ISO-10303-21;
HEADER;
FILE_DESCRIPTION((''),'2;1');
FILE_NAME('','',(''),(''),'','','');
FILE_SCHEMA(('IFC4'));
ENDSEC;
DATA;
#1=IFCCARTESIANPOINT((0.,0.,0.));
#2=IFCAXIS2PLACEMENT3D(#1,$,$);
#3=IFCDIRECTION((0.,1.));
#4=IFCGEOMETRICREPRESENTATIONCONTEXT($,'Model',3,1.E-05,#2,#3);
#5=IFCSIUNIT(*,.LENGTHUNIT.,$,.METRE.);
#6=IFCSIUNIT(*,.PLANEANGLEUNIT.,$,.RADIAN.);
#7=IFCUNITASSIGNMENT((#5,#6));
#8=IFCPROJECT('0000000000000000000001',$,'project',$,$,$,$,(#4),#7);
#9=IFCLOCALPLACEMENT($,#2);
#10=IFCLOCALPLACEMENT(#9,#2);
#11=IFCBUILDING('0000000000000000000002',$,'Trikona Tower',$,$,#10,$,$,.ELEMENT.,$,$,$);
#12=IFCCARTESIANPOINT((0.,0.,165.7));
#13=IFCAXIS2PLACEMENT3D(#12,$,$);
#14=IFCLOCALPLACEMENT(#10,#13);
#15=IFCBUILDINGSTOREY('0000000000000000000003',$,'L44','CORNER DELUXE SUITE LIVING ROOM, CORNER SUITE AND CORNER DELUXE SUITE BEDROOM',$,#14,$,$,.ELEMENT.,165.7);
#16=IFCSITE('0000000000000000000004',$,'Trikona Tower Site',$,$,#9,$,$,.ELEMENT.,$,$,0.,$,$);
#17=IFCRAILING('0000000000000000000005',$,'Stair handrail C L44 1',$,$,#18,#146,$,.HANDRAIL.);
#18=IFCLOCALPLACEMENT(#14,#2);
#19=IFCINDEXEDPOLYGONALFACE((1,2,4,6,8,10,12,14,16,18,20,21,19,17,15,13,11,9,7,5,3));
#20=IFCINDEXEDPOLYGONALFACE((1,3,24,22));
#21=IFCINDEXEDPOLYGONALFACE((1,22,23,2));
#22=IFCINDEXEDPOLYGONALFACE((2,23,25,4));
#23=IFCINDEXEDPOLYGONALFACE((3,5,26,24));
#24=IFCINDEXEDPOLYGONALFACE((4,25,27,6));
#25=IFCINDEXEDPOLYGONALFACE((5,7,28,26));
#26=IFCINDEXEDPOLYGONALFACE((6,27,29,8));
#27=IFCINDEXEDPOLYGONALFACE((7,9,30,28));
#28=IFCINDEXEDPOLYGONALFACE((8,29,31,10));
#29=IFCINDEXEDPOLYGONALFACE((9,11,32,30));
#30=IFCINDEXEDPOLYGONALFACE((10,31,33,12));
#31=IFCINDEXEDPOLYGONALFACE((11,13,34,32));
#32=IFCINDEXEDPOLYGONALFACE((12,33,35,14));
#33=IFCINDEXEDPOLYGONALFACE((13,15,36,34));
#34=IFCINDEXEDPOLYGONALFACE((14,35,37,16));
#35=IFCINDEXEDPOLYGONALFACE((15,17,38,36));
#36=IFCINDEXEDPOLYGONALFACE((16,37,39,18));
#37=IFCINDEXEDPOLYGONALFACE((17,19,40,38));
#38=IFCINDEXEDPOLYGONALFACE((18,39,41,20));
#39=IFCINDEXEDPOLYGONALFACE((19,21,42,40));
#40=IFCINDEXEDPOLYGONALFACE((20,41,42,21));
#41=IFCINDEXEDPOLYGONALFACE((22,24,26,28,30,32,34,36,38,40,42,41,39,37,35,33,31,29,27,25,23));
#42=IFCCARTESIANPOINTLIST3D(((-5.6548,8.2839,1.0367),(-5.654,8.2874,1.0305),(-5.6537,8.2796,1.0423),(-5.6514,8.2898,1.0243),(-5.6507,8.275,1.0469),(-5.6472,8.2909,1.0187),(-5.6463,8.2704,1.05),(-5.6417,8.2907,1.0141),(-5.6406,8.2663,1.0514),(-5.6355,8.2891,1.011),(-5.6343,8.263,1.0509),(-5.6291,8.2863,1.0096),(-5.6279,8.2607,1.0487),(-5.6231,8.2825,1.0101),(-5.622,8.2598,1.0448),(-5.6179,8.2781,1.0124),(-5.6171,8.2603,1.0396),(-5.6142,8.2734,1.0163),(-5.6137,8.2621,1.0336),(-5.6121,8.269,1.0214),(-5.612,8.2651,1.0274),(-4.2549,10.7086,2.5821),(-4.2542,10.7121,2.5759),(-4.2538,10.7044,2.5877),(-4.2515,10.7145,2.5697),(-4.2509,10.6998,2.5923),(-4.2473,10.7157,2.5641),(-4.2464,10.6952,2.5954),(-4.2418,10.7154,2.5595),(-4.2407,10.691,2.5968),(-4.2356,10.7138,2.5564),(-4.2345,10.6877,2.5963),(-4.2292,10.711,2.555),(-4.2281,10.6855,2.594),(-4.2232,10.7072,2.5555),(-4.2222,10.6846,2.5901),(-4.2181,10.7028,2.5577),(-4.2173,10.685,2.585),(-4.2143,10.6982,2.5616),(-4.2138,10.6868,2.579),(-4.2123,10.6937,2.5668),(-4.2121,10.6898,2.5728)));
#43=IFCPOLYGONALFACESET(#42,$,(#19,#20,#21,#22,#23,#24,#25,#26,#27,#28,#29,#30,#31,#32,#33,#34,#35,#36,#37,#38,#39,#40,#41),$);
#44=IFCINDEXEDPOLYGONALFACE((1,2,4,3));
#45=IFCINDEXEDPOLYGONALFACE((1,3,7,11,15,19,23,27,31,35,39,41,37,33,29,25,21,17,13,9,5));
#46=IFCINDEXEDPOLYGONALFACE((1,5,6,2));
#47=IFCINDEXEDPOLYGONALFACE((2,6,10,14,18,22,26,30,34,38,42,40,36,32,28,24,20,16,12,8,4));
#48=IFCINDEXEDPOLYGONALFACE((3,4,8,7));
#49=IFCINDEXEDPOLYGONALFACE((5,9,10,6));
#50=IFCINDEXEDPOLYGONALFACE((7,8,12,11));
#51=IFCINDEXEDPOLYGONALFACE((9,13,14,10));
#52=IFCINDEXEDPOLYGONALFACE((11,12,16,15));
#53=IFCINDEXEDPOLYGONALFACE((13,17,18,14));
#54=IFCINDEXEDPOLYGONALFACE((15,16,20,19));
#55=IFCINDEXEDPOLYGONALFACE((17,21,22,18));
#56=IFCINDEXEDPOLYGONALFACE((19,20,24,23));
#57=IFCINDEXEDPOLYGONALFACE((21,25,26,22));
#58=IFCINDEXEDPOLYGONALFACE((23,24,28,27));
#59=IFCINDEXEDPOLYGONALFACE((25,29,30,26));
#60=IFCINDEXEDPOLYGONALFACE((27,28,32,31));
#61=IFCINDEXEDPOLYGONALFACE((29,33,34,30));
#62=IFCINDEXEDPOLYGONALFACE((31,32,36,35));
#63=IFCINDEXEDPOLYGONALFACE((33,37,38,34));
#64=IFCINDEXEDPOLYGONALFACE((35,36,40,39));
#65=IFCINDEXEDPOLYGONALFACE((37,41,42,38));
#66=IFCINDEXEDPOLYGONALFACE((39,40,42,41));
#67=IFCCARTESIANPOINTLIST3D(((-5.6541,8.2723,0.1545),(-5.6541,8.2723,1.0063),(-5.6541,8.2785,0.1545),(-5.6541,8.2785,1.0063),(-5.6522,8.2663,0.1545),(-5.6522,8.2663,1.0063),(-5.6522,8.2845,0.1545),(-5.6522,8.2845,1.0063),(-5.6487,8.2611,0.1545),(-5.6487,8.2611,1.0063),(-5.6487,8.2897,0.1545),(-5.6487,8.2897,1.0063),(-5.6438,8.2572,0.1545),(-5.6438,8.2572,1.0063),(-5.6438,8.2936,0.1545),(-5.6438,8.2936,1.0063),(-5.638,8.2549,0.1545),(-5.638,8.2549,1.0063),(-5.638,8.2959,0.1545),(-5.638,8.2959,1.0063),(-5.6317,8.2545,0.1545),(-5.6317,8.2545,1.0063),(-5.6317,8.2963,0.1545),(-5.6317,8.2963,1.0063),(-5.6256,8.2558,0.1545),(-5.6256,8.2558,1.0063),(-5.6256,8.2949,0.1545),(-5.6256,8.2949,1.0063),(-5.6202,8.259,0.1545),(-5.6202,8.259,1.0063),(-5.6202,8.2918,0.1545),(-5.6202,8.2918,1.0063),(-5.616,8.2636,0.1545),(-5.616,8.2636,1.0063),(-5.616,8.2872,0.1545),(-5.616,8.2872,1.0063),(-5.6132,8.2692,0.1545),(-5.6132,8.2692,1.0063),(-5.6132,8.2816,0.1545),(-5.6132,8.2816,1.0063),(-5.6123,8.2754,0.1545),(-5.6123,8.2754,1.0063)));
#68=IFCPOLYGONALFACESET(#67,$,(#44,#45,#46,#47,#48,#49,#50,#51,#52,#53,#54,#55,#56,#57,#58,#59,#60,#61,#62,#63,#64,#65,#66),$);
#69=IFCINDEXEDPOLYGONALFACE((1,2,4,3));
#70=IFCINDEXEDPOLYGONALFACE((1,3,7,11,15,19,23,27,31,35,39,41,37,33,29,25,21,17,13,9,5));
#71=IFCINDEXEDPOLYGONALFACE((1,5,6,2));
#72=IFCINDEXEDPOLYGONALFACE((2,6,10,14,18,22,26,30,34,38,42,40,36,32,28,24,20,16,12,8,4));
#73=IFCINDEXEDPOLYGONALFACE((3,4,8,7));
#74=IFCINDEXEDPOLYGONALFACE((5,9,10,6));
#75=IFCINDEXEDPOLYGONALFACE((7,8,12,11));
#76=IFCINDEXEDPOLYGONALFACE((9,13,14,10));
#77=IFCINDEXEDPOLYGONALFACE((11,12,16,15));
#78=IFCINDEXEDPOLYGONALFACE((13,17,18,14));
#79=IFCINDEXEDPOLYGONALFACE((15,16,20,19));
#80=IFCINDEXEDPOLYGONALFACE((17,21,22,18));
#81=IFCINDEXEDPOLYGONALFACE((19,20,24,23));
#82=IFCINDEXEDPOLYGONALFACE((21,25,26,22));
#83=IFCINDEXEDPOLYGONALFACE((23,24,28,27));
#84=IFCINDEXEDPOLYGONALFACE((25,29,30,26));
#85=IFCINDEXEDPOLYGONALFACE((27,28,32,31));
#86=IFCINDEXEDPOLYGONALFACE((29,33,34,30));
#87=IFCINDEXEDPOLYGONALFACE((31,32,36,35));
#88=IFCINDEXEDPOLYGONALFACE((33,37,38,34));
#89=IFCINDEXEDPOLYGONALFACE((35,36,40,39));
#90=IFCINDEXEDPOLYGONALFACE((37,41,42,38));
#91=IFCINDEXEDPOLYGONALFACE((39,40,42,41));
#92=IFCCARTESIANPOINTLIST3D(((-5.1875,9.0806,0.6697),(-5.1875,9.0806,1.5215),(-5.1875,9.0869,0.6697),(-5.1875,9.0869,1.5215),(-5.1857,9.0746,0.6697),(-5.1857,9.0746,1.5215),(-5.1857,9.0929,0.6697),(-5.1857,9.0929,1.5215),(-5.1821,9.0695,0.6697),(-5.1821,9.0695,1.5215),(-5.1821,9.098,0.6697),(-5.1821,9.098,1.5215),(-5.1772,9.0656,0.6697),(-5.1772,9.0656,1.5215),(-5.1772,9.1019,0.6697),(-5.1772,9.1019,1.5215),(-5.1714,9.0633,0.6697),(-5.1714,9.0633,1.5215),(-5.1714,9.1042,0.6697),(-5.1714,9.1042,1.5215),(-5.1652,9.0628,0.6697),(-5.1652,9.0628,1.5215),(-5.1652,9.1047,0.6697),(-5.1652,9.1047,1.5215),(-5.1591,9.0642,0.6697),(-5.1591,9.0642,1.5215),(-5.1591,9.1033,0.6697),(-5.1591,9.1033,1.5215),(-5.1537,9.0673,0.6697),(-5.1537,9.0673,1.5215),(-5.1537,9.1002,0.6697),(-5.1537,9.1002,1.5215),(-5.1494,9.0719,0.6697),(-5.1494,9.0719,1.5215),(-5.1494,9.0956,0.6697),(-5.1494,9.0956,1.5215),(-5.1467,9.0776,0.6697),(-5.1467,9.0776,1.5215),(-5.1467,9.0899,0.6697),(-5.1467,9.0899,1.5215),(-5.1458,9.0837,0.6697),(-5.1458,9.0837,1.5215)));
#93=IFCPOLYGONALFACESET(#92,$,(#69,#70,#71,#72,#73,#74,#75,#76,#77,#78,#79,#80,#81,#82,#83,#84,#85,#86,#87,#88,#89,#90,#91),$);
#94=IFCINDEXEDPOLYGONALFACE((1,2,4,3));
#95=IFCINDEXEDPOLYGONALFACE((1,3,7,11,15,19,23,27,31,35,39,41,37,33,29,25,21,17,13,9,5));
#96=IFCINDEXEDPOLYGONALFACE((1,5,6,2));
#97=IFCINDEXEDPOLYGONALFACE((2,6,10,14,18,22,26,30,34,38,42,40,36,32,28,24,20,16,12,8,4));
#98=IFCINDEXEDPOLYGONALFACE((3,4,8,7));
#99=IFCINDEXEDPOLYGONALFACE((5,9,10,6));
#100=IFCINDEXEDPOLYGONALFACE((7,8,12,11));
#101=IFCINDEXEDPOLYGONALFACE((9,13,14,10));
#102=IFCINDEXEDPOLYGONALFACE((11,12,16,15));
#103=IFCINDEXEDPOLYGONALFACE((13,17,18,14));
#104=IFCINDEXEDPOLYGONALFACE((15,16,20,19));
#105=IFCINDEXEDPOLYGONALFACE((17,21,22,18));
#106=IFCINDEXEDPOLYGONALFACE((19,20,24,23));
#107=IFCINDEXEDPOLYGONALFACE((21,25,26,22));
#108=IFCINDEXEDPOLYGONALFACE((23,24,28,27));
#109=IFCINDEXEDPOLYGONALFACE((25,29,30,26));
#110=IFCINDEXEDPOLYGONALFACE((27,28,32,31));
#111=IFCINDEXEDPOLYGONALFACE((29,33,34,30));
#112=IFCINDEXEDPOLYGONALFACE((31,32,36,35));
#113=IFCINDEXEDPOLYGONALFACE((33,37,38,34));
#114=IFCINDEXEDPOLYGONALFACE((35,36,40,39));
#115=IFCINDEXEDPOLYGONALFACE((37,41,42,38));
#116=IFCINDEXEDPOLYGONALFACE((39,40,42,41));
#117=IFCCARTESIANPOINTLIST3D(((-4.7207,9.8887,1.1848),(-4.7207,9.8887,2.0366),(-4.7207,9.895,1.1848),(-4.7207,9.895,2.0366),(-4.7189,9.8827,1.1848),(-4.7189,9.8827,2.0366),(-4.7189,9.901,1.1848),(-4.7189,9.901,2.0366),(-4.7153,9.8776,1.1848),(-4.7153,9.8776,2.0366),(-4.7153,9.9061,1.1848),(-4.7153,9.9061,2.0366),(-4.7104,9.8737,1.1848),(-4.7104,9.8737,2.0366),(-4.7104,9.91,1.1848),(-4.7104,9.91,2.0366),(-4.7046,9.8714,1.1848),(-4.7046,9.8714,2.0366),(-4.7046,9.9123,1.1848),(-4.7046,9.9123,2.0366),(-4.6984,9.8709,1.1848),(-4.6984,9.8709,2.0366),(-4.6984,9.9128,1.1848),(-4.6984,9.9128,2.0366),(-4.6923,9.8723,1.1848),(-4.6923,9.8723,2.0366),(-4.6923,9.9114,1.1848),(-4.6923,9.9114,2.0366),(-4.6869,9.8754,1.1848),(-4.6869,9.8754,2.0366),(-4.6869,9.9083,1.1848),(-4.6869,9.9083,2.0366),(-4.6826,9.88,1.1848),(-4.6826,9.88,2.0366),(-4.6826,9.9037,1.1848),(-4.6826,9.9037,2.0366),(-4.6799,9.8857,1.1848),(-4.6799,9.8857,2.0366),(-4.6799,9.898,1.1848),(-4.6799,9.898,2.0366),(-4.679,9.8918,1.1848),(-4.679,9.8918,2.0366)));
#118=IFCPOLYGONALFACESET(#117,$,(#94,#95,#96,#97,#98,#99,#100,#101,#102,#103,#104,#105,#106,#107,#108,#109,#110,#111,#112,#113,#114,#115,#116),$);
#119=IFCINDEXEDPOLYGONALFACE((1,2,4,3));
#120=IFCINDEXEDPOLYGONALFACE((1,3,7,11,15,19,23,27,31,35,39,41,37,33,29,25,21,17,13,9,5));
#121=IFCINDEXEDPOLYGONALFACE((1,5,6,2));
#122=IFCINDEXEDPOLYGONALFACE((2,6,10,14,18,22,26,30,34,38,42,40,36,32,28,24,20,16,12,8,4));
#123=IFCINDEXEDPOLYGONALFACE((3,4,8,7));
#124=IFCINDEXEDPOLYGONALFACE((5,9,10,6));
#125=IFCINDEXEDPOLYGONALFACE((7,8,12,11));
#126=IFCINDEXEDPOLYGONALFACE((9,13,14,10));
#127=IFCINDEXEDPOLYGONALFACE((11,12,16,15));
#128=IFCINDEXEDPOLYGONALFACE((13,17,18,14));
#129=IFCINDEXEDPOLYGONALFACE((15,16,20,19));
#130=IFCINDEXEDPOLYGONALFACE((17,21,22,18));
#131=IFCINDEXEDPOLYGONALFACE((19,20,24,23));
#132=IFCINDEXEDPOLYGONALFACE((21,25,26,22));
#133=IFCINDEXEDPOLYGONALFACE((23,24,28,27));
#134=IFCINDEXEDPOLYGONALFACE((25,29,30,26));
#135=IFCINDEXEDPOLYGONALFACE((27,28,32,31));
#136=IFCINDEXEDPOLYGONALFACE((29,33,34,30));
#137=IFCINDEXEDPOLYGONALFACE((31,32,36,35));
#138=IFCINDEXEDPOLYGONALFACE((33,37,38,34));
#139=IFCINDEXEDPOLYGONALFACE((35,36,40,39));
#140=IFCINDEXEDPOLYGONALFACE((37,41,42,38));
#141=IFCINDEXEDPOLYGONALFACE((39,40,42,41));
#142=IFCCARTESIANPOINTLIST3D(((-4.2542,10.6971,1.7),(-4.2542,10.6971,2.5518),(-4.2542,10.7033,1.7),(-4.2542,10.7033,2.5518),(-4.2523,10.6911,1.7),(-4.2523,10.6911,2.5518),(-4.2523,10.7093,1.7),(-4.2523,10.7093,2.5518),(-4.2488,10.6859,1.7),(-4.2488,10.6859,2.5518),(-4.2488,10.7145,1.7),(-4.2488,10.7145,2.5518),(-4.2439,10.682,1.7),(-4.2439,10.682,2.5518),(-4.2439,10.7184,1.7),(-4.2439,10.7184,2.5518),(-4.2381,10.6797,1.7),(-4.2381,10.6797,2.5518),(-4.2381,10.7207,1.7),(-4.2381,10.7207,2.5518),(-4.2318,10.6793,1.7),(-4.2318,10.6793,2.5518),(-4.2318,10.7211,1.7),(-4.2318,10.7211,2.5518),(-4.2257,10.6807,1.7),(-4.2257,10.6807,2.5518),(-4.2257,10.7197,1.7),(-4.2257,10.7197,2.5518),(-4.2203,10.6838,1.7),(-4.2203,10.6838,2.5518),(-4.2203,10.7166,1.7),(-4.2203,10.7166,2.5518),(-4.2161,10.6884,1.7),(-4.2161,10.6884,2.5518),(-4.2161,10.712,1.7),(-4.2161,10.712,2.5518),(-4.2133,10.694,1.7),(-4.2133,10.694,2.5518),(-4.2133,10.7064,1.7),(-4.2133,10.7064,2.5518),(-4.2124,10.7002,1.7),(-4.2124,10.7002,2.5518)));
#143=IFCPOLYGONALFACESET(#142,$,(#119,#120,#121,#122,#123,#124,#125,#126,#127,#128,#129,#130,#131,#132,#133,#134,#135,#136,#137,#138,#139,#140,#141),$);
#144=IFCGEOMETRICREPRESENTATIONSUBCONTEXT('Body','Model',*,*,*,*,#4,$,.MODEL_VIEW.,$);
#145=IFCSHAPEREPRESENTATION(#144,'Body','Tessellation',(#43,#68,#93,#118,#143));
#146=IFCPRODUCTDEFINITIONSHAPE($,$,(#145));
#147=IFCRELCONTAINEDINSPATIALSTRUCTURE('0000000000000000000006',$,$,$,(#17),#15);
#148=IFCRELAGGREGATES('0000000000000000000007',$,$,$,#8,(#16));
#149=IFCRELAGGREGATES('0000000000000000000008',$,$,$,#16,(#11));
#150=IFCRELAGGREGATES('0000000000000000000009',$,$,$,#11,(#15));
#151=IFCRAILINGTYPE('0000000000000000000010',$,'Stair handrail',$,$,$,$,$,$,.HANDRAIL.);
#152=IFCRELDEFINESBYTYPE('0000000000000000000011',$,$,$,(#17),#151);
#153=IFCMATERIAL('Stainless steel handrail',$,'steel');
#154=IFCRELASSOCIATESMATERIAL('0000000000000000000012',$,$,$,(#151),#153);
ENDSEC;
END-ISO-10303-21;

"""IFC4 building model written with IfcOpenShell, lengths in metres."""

from ifc_helpers import new_model, si_unit, direction, frame, origin, origin_2d, place, context, subcontext, project, spatial, circle, extrude, material, type_object, element, save


model = new_model("IFC4")

# Units and contexts
model_context = context("Model", 3, precision=1e-05, world=origin(), true_north=direction((0.0, 1.0)))
body_context = subcontext(model_context, "Body", "Model", "MODEL_VIEW")
ifc_project = project(units=[si_unit("LENGTHUNIT", "METRE"), si_unit("PLANEANGLEUNIT", "RADIAN")], contexts=[model_context])

# Site, building, storey
site_placement = place(None, origin())
site = spatial("IfcSite", under=ifc_project, at=site_placement, Name="Trikona Tower Site", CompositionType="ELEMENT", RefElevation=0.0)
building_placement = place(site_placement, origin())
building = spatial("IfcBuilding", under=site, at=building_placement, Name="Trikona Tower", CompositionType="ELEMENT")
storey_placement = place(building_placement, frame((0.0, 0.0, 165.7)))
storey = spatial("IfcBuildingStorey", under=building, at=storey_placement, Name="L44", Description="CORNER DELUXE SUITE LIVING ROOM, CORNER SUITE AND CORNER DELUXE SUITE BEDROOM", CompositionType="ELEMENT", Elevation=165.7)

# Railing
ifc_material_1 = material(Name="Stainless steel handrail", Category="steel")
railing_type = type_object("IfcRailingType", Name="Stair handrail", PredefinedType="HANDRAIL", material=ifc_material_1)
railing_1_placement = place(storey_placement, frame((-5.6333, 8.2754, 0.1545)))
element("IfcRailing", 1, at=railing_1_placement, inside=storey, type_object=railing_type, Name="Stair handrail C L44 1", PredefinedType="HANDRAIL", context=body_context, shape_type="SweptSolid", body=[
    extrude(circle(Radius=0.0239, at=origin_2d()), frame((0.0, 0.0, 0.876), z_axis=(0.437733, 0.758207, 0.483231), x_axis=(-0.866035, 0.499984, 0.0)), (0.0, 0.0, 1.0), 3.198),
    extrude(circle(Radius=0.021, at=origin_2d()), origin(), (0.0, 0.0, 1.0), 0.8518),
    extrude(circle(Radius=0.021, at=origin_2d()), frame((0.4666, 0.8083, 0.5151)), (0.0, 0.0, 1.0), 0.8518),
    extrude(circle(Radius=0.021, at=origin_2d()), frame((0.9333, 1.6165, 1.0303)), (0.0, 0.0, 1.0), 0.8518),
    extrude(circle(Radius=0.021, at=origin_2d()), frame((1.3999, 2.4248, 1.5454)), (0.0, 0.0, 1.0), 0.8518),
])

save(model, "model.ifc")
